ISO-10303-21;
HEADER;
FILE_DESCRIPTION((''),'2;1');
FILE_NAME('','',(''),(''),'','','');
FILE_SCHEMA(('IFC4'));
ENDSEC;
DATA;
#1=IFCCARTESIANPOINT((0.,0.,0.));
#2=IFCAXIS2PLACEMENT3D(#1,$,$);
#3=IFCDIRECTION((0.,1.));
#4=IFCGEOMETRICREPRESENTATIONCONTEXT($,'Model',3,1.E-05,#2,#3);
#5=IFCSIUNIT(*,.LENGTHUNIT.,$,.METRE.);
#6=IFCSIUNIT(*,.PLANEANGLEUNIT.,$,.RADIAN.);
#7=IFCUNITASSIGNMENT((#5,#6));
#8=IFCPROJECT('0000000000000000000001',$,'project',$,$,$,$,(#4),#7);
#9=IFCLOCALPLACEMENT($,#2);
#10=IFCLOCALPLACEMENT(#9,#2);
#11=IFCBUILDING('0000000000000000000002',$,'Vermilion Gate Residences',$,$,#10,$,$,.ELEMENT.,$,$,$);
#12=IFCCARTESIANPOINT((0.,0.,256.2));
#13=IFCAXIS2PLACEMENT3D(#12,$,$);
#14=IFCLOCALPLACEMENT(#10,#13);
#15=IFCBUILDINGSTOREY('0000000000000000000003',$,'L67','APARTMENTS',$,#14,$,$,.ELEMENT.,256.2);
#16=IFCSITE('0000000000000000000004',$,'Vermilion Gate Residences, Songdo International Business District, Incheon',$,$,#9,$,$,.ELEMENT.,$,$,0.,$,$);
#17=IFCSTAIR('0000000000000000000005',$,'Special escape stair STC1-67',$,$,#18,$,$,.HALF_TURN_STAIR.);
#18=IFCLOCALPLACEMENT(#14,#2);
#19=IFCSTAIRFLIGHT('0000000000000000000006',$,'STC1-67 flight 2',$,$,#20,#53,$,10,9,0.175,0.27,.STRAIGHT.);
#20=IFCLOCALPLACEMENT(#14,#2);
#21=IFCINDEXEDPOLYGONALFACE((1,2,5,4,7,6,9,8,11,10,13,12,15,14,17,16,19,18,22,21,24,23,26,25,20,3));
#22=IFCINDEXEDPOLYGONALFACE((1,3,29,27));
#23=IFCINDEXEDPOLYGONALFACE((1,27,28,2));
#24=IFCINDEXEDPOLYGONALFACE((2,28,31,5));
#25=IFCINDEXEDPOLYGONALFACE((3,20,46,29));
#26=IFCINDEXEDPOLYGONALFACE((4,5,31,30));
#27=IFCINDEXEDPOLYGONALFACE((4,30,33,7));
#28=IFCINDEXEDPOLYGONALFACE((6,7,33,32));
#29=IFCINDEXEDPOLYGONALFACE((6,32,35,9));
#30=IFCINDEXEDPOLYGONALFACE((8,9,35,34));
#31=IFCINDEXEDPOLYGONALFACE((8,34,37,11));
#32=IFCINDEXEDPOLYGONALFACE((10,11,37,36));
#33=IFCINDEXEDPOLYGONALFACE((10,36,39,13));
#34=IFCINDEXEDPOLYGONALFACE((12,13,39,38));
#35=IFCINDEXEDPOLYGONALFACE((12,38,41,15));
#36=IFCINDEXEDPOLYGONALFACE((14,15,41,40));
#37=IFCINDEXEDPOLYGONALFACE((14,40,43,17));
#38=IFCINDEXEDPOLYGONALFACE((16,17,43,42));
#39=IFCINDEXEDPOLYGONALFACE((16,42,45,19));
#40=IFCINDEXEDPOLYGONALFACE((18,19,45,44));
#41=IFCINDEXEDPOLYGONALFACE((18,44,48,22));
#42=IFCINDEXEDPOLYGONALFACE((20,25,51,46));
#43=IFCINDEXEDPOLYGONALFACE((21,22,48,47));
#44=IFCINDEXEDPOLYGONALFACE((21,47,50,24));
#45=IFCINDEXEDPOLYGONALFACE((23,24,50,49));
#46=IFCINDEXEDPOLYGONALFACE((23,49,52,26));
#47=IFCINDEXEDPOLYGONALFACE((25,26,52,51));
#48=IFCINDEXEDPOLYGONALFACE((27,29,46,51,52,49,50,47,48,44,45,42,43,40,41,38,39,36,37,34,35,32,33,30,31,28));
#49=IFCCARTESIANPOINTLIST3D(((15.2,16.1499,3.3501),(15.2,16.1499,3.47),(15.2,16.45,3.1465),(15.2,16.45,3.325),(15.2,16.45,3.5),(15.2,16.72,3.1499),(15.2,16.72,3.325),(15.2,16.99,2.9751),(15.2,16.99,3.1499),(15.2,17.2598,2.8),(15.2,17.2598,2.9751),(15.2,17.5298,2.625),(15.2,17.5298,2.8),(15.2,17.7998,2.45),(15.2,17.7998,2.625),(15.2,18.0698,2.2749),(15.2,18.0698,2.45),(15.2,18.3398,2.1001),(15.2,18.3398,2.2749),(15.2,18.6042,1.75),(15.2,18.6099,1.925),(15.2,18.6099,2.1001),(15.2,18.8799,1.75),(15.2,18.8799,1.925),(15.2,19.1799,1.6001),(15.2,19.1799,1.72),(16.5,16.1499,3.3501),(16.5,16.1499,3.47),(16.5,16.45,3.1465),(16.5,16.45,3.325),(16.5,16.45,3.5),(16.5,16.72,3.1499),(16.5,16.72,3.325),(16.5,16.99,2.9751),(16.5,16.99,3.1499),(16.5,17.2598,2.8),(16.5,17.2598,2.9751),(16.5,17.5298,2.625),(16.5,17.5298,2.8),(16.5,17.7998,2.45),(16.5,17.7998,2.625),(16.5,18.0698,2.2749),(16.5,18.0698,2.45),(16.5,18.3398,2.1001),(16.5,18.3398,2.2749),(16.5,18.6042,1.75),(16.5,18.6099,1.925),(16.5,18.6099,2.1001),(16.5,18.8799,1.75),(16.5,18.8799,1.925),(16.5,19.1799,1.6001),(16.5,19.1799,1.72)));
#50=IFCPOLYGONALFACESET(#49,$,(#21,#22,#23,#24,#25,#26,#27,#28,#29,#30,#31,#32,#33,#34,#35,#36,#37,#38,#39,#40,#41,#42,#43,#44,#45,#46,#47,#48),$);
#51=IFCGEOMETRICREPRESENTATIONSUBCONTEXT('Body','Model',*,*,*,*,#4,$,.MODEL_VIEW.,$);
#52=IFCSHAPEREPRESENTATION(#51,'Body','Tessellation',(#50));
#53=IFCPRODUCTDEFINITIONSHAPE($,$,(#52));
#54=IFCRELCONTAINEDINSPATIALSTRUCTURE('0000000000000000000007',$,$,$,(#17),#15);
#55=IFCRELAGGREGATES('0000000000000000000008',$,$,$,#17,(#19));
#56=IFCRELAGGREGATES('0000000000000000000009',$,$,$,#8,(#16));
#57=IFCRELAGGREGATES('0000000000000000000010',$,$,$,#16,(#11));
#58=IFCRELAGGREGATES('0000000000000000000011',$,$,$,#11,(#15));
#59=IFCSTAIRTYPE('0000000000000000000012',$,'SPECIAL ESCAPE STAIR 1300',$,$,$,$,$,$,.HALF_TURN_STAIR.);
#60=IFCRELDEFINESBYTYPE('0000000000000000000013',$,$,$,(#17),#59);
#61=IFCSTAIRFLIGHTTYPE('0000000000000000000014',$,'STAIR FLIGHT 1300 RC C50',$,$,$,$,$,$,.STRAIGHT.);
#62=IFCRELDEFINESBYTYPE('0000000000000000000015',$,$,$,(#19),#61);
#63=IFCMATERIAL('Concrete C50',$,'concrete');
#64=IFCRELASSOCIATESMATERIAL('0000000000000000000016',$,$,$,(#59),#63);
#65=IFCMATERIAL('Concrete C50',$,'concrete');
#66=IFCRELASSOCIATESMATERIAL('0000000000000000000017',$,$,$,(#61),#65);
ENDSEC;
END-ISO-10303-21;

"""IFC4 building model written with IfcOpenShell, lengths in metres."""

from ifc_helpers import new_model, si_unit, direction, frame, origin, place, context, subcontext, project, spatial, polyline, outline, extrude, material, type_object, element, aggregate, save


model = new_model("IFC4")

# Units and contexts
model_context = context("Model", 3, precision=1e-05, world=origin(), true_north=direction((0.0, 1.0)))
body_context = subcontext(model_context, "Body", "Model", "MODEL_VIEW")
ifc_project = project(units=[si_unit("LENGTHUNIT", "METRE"), si_unit("PLANEANGLEUNIT", "RADIAN")], contexts=[model_context])

# Site, building, storey
site_placement = place(None, origin())
site = spatial("IfcSite", under=ifc_project, at=site_placement, Name="Vermilion Gate Residences, Songdo International Business District, Incheon", CompositionType="ELEMENT", RefElevation=0.0)
building_placement = place(site_placement, origin())
building = spatial("IfcBuilding", under=site, at=building_placement, Name="Vermilion Gate Residences", CompositionType="ELEMENT")
storey_placement = place(building_placement, frame((0.0, 0.0, 256.2)))
storey = spatial("IfcBuildingStorey", under=building, at=storey_placement, Name="L67", Description="APARTMENTS", CompositionType="ELEMENT", Elevation=256.2)

# Stair, stair flight
ifc_material_1 = material(Name="Concrete C50", Category="concrete")
stair_type = type_object("IfcStairType", Name="SPECIAL ESCAPE STAIR 1300", PredefinedType="HALF_TURN_STAIR", material=ifc_material_1)
stair_placement = place(storey_placement, origin())
stair = element("IfcStair", 1, at=stair_placement, inside=storey, type_object=stair_type, Name="Special escape stair STC1-67", PredefinedType="HALF_TURN_STAIR")
ifc_material_2 = material(Name="Concrete C50", Category="concrete")
stair_flight_type = type_object("IfcStairFlightType", Name="STAIR FLIGHT 1300 RC C50", PredefinedType="STRAIGHT", material=ifc_material_2)
stair_flight_1_placement = place(storey_placement, frame((15.8501, 18.8799, 1.75), z_axis=(0.0, 0.0, 1.0), x_axis=(0.0, -1.0, 0.0)))
stair_flight_1 = element("IfcStairFlight", 2, at=stair_flight_1_placement, type_object=stair_flight_type, Name="STC1-67 flight 2", NumberOfRisers=10, NumberOfTreads=9, PredefinedType="STRAIGHT", RiserHeight=0.175, TreadLength=0.27, context=body_context, shape_type="SweptSolid", body=[
    extrude(outline(polyline([(-0.3, -0.1499), (-0.3, -0.03), (0.0, 0.0), (0.0, 0.175), (0.27, 0.175), (0.27, 0.3501), (0.54, 0.3501), (0.54, 0.5249), (0.8101, 0.5249), (0.8101, 0.7), (1.0801, 0.7), (1.0801, 0.875), (1.3501, 0.875), (1.3501, 1.05), (1.6201, 1.05), (1.6201, 1.2251), (1.8899, 1.2251), (1.8899, 1.3999), (2.1599, 1.3999), (2.1599, 1.575), (2.4299, 1.575), (2.4299, 1.75), (2.73, 1.72), (2.73, 1.6001), (2.4299, 1.3965), (0.2756, 0.0), (-0.3, -0.1499)])), frame((0.0, 0.6499, 0.0), z_axis=(0.0, -1.0, 0.0), x_axis=(1.0, 0.0, 0.0)), (0.0, 0.0, 1.0), 1.3),
])
aggregate(stair, [stair_flight_1])

save(model, "model.ifc")
